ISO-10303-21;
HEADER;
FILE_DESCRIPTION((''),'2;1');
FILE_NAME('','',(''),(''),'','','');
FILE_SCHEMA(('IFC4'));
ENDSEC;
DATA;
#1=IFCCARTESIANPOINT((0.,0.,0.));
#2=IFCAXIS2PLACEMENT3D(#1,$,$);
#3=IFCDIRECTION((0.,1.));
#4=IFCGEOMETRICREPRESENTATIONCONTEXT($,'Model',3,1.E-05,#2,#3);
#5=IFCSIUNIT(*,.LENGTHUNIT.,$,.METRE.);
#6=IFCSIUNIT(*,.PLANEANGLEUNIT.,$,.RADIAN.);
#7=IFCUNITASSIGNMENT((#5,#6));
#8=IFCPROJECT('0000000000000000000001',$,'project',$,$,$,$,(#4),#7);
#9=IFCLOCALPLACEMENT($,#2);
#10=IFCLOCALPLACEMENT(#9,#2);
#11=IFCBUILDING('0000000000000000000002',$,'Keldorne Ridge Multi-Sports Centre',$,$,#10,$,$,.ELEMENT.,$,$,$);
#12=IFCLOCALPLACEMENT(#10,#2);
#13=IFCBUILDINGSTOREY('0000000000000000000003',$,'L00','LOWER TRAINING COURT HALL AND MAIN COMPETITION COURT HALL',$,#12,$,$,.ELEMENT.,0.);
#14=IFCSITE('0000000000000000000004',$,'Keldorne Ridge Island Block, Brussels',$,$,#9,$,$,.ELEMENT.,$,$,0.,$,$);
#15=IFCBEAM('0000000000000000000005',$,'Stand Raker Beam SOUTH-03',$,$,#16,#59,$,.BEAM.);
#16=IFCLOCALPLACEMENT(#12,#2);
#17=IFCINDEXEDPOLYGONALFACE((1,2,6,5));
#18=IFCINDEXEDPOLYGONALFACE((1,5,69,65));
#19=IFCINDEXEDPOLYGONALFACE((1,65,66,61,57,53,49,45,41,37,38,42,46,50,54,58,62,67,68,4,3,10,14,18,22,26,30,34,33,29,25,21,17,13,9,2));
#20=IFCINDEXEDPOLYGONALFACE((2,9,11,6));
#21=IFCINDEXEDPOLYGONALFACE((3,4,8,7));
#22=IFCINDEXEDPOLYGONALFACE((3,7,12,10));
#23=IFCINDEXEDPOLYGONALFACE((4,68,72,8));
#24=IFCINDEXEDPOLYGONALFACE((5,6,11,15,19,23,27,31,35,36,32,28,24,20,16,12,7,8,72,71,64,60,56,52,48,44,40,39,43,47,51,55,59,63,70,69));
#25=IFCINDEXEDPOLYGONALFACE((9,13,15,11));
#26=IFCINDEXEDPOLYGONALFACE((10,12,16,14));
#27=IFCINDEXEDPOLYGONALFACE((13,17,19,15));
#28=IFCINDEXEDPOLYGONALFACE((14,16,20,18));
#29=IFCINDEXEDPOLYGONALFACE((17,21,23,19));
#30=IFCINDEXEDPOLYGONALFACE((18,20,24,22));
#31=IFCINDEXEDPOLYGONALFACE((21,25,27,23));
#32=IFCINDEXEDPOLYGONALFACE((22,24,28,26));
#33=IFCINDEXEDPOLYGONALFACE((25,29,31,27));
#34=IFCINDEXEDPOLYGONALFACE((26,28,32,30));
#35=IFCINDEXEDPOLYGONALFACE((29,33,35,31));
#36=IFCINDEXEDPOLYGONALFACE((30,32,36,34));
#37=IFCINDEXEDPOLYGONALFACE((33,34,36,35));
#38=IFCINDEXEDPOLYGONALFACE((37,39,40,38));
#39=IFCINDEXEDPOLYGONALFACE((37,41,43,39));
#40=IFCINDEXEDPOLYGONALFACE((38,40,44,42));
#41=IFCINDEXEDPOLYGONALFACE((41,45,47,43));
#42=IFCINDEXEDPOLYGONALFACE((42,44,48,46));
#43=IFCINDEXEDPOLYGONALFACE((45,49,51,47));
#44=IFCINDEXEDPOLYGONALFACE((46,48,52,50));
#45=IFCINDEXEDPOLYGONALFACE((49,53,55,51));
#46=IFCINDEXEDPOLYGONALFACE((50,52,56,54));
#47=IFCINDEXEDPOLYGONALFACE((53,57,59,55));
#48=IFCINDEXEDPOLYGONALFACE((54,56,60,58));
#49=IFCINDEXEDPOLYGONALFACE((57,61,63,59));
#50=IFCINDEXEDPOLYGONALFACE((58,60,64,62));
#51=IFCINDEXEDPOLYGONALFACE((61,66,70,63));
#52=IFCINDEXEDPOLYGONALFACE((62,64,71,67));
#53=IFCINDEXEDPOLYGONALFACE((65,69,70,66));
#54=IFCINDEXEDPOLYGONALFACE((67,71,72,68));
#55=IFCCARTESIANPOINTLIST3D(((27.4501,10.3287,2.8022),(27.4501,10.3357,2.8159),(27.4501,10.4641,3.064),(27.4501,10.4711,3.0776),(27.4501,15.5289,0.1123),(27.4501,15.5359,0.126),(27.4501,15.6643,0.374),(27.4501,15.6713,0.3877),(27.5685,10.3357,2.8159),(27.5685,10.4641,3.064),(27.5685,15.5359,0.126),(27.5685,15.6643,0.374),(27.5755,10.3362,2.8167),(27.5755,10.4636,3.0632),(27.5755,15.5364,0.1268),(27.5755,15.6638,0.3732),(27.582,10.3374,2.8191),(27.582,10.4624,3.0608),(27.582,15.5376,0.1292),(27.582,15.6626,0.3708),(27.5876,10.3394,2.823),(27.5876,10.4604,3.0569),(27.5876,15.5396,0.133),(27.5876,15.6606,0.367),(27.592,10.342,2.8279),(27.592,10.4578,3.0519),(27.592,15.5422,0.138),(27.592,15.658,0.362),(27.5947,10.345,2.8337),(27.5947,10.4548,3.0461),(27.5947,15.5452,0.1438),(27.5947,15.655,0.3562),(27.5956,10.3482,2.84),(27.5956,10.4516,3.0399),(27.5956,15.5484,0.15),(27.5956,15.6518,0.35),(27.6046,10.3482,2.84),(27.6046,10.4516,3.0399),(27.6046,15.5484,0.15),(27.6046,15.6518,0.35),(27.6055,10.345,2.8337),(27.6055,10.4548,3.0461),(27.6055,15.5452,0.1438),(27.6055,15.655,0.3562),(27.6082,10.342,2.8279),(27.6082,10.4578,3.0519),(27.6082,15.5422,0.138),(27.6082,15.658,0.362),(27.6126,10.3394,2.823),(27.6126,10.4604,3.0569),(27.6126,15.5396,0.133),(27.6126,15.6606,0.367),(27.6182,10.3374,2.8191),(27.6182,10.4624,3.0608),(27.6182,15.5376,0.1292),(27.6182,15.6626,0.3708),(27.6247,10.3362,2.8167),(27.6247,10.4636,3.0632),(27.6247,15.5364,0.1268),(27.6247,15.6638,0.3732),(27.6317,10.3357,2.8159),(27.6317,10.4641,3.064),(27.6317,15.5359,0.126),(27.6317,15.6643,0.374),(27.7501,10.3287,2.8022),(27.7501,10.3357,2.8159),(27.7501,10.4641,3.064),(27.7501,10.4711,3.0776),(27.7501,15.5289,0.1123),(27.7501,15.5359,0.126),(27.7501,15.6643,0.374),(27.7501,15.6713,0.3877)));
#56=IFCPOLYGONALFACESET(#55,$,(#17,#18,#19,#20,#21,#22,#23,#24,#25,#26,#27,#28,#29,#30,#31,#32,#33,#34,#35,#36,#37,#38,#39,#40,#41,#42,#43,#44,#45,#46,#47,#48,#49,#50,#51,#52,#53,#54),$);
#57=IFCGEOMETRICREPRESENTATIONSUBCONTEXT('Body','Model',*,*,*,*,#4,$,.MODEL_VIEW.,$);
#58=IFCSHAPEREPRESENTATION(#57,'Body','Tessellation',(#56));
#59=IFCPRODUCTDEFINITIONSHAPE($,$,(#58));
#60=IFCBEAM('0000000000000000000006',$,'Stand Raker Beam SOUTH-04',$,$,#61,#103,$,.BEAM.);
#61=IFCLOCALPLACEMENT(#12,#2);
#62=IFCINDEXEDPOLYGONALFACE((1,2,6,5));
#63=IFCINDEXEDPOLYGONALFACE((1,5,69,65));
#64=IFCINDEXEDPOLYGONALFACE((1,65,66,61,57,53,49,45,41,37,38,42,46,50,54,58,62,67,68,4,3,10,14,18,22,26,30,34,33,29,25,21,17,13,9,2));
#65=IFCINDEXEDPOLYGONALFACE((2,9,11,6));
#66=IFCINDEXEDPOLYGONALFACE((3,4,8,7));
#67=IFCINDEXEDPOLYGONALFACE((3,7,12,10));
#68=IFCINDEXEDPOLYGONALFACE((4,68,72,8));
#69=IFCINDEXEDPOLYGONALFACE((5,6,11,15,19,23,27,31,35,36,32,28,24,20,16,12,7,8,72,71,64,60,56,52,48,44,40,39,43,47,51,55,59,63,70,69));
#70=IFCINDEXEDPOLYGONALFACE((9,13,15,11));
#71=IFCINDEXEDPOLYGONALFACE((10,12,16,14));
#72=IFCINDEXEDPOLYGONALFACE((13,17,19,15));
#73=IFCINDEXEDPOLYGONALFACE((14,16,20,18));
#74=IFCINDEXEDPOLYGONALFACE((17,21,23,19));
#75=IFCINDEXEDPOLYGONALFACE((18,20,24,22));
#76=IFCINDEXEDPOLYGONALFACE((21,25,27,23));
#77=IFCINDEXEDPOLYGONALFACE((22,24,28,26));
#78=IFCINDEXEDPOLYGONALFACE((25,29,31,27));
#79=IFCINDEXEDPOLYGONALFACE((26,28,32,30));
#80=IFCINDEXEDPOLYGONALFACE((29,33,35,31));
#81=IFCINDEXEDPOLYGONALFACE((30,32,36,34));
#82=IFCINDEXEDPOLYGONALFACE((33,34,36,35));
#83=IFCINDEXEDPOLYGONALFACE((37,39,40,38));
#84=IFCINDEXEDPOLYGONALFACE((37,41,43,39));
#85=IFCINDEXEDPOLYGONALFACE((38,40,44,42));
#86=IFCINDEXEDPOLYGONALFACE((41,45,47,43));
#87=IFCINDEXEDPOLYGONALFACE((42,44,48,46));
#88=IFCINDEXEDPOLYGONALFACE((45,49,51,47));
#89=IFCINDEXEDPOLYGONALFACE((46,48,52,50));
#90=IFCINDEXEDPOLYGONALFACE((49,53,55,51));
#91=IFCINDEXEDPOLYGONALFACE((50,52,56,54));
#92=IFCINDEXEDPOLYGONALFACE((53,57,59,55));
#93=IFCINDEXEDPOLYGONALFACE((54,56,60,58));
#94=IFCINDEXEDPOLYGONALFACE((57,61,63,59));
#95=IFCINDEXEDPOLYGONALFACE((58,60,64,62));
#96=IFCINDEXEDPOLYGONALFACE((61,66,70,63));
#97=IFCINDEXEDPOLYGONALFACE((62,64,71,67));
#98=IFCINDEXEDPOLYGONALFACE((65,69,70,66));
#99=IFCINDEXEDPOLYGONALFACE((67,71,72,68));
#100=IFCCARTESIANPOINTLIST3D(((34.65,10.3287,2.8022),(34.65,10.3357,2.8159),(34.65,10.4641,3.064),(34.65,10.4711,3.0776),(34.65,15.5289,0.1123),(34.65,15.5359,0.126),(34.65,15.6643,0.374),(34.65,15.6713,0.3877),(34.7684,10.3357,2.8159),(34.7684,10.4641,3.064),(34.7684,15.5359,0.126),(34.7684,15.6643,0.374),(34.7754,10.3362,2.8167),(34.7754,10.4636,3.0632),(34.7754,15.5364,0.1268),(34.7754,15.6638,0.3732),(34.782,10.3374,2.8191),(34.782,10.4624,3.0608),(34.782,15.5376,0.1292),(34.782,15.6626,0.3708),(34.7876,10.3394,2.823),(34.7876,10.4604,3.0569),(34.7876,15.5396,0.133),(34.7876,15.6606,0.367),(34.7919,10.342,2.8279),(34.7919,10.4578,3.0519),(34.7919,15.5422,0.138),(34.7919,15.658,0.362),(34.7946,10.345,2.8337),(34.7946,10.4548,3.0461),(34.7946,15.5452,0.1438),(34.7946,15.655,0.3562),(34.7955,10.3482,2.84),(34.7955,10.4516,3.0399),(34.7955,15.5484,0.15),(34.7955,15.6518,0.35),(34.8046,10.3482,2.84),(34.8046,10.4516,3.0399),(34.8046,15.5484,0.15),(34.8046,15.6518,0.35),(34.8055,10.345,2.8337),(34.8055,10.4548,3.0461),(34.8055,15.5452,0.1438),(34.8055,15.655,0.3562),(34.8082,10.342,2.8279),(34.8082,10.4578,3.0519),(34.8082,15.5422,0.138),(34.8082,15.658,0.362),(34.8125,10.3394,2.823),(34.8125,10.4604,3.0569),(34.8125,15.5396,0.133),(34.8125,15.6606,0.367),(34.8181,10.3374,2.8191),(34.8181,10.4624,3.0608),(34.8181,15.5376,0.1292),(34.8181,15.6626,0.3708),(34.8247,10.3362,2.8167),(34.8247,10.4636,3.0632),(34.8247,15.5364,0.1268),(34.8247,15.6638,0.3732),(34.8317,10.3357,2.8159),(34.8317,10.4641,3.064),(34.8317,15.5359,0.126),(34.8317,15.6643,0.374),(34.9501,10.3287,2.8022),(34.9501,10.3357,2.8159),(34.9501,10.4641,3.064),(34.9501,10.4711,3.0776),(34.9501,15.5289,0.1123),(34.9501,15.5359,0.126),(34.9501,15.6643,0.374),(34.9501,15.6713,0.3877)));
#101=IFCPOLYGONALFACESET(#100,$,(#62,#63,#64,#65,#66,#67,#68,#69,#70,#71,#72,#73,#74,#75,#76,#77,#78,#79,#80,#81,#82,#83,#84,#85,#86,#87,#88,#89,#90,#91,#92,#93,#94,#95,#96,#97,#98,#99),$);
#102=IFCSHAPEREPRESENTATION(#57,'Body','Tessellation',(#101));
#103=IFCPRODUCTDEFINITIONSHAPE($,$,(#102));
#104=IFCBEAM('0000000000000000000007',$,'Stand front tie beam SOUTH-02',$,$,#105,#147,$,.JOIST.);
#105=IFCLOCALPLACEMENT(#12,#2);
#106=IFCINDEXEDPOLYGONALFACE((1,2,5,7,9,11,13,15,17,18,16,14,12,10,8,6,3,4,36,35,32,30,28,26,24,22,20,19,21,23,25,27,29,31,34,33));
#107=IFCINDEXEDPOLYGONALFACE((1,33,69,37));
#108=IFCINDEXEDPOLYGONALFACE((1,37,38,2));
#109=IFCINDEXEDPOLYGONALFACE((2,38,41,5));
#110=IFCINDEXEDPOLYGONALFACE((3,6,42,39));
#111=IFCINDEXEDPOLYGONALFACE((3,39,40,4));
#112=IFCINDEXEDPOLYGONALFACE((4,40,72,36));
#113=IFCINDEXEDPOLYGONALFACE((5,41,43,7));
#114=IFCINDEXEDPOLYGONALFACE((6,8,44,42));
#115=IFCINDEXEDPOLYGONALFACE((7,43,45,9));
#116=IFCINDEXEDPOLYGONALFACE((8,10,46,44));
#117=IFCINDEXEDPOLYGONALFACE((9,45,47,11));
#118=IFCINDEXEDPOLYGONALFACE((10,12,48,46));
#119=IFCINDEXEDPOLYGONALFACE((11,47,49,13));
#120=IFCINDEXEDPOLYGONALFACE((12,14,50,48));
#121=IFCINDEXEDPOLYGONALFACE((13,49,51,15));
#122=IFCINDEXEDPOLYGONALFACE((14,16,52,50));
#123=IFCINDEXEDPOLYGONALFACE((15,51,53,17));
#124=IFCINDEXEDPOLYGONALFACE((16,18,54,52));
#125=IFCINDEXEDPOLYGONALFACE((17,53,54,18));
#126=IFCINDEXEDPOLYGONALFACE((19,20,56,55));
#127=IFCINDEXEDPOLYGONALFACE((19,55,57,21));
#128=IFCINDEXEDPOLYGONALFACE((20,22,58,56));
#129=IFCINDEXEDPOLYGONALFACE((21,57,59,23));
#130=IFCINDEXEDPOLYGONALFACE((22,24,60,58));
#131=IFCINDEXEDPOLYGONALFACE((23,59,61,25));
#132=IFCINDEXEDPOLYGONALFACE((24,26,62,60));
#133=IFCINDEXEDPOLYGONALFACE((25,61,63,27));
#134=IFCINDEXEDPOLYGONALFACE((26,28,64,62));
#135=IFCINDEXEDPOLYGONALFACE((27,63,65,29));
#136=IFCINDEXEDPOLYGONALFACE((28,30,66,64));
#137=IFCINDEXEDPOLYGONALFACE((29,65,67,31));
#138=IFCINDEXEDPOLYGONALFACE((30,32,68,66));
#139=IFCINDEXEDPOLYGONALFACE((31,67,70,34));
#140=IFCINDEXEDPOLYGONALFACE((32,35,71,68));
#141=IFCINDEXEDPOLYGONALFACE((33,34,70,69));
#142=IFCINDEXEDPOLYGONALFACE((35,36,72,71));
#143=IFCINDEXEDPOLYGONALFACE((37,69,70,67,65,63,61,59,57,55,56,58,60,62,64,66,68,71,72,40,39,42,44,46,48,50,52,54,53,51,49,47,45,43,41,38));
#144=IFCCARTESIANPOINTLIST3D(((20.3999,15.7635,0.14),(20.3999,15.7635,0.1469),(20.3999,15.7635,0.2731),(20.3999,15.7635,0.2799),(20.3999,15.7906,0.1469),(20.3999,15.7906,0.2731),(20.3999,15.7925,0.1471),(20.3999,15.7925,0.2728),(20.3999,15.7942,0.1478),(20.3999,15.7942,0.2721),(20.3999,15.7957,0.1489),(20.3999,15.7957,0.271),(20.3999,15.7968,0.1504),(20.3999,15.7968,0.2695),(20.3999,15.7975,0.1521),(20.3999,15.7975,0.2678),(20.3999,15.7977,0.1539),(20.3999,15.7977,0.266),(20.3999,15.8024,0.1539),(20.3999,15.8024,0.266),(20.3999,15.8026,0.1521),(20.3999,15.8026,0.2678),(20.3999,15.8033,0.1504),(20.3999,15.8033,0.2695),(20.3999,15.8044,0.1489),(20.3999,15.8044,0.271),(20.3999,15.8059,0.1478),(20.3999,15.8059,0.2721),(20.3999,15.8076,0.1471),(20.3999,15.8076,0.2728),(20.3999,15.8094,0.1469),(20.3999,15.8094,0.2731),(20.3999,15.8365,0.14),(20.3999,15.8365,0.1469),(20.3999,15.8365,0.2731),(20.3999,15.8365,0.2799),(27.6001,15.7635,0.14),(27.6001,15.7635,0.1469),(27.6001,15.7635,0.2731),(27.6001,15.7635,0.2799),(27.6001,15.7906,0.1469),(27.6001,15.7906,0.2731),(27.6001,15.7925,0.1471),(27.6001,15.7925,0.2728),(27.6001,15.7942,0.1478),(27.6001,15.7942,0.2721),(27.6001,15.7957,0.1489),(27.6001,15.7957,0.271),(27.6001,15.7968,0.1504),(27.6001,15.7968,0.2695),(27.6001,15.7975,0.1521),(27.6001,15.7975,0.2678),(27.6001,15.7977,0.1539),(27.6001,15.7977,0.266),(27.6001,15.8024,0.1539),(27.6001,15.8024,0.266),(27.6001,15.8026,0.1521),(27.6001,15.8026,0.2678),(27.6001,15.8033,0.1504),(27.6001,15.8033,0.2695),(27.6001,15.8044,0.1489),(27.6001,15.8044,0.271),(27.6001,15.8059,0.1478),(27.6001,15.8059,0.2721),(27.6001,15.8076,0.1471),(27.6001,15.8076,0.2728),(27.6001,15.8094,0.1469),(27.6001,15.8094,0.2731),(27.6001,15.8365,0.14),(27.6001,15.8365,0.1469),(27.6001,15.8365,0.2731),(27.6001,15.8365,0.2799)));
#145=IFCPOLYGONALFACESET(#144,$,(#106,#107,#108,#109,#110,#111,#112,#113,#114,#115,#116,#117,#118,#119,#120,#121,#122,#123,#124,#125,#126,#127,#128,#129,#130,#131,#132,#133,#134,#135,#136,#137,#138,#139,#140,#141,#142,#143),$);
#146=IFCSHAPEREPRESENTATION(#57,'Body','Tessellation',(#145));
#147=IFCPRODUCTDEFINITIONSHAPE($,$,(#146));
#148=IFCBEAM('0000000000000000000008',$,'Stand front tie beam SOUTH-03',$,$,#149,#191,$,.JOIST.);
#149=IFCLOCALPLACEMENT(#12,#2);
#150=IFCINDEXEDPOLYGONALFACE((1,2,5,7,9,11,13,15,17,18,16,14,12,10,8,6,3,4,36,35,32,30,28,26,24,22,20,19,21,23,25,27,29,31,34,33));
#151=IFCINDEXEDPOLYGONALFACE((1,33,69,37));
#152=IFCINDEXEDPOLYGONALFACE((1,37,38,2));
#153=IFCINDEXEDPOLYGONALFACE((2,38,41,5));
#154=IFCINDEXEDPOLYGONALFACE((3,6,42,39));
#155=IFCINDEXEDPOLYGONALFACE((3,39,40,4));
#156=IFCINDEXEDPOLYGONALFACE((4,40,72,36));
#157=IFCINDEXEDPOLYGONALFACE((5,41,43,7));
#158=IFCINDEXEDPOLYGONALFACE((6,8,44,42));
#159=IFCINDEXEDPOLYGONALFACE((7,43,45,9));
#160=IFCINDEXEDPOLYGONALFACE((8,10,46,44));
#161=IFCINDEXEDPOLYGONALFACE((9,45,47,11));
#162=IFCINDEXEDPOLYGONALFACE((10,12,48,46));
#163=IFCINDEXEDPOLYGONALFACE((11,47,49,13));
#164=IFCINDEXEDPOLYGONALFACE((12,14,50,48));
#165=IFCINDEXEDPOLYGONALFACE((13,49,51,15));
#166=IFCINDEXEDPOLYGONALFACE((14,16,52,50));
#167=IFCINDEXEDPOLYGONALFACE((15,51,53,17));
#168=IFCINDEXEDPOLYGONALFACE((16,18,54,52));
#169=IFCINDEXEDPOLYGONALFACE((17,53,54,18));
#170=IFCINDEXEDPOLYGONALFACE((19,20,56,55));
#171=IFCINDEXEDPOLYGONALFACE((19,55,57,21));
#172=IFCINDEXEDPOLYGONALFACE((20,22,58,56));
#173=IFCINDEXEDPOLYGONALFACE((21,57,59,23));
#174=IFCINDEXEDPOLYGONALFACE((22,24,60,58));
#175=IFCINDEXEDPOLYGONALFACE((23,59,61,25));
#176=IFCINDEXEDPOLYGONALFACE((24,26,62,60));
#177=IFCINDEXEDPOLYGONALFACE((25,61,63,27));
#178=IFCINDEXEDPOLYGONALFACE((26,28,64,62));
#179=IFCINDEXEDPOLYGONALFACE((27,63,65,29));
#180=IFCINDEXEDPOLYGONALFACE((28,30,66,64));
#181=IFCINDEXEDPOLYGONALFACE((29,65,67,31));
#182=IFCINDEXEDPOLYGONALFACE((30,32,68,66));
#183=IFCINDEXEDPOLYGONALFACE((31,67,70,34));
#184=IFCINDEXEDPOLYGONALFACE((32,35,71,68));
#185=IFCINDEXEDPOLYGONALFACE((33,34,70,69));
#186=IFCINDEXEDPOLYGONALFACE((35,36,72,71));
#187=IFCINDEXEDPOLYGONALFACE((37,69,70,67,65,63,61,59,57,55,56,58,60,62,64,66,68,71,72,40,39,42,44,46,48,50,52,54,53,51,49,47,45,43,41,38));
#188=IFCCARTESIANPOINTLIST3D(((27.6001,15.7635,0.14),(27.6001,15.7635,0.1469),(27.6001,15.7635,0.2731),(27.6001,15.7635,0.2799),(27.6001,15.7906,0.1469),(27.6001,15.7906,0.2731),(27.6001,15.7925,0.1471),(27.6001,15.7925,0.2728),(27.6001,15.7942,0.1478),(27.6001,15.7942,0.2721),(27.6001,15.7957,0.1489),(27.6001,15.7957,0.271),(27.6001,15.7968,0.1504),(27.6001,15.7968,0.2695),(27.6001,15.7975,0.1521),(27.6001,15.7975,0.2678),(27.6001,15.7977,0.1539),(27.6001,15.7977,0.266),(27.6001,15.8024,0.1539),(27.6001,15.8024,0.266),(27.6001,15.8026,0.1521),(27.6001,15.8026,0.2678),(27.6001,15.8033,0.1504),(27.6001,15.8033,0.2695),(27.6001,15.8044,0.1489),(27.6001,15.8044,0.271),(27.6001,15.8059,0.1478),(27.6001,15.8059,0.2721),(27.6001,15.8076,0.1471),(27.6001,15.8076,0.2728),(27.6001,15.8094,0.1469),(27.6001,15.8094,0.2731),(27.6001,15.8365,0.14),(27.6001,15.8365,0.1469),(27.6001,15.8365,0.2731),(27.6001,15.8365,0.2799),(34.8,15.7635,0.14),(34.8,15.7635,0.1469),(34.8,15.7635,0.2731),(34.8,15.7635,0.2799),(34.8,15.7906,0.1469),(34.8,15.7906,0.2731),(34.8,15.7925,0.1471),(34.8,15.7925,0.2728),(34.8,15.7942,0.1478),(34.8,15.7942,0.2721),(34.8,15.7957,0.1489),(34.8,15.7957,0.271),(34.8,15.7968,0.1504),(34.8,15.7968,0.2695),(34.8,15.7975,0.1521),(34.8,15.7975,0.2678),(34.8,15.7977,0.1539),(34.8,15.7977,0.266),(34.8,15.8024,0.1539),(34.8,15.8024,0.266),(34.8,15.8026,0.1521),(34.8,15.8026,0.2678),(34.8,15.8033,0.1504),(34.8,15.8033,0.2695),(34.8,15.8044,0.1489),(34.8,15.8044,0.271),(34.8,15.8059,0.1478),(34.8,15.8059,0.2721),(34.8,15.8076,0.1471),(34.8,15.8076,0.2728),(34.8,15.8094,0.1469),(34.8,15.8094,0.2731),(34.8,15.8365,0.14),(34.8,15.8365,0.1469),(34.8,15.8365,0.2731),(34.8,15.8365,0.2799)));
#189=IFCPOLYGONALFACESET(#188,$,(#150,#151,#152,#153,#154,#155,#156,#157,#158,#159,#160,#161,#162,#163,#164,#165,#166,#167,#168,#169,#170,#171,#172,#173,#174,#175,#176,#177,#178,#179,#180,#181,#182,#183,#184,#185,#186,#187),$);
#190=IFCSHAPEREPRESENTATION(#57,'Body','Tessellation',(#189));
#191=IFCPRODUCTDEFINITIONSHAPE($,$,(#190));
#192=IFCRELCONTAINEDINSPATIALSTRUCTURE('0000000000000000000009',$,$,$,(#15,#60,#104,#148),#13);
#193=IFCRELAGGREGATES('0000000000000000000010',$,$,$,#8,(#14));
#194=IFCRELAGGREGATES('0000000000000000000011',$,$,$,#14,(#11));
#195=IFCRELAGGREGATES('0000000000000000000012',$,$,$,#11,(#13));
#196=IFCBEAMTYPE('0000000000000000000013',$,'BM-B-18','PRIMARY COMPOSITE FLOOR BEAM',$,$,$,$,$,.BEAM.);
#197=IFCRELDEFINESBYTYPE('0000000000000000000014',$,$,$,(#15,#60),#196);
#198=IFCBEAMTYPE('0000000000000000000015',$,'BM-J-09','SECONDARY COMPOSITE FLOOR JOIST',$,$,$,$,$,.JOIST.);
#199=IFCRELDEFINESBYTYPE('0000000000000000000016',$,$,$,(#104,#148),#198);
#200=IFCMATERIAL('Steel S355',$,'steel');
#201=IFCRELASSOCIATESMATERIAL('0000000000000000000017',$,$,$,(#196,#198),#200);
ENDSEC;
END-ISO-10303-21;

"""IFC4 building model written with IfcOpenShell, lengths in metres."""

from ifc_helpers import new_model, si_unit, direction, frame, origin, origin_2d, place, context, subcontext, project, spatial, i_section, extrude, material, material_profile, profile_set, type_object, element, save


model = new_model("IFC4")

# Units and contexts
model_context = context("Model", 3, precision=1e-05, world=origin(), true_north=direction((0.0, 1.0)))
body_context = subcontext(model_context, "Body", "Model", "MODEL_VIEW")
ifc_project = project(units=[si_unit("LENGTHUNIT", "METRE"), si_unit("PLANEANGLEUNIT", "RADIAN")], contexts=[model_context])

# Site, building, storey
site_placement = place(None, origin())
site = spatial("IfcSite", under=ifc_project, at=site_placement, Name="Keldorne Ridge Island Block, Brussels", CompositionType="ELEMENT", RefElevation=0.0)
building_placement = place(site_placement, origin())
building = spatial("IfcBuilding", under=site, at=building_placement, Name="Keldorne Ridge Multi-Sports Centre", CompositionType="ELEMENT")
storey_placement = place(building_placement, origin())
storey = spatial("IfcBuildingStorey", under=building, at=storey_placement, Name="L00", Description="LOWER TRAINING COURT HALL AND MAIN COMPETITION COURT HALL", CompositionType="ELEMENT", Elevation=0.0)

# Shared definitions
ifc_material_1 = material(Name="Steel S355", Category="steel")

# Beams
ifc_material_profile_1 = material_profile(ifc_material_1, i_section(OverallWidth=0.3, OverallDepth=0.3101, WebThickness=0.009, FlangeThickness=0.0154, FilletRadius=0.0271, at=origin_2d()), Name="HEA 320")
ifc_profile_set_1 = profile_set([ifc_material_profile_1], Name="Steel S355")
beam_type_1 = type_object("IfcBeamType", Name="BM-B-18", Description="PRIMARY COMPOSITE FLOOR BEAM", PredefinedType="BEAM", material=ifc_profile_set_1)
for number, where, z_axis, x_axis, name in (
    (1, (27.6001, 15.6001, 0.25), (0.0, -0.888205, 0.459448), (1.0, 0.0, 0.0), "Stand Raker Beam SOUTH-03"),
    (2, (34.8, 15.6001, 0.25), (0.0, -0.888205, 0.459448), (1.0, 0.0, 0.0), "Stand Raker Beam SOUTH-04"),
):
    element("IfcBeam", number, at=place(storey_placement, frame(where, z_axis=z_axis, x_axis=x_axis)), inside=storey, type_object=beam_type_1, Name=name, PredefinedType="BEAM", context=body_context, shape_type="SweptSolid", body=[
        extrude(i_section(OverallWidth=0.3, OverallDepth=0.3101, WebThickness=0.009, FlangeThickness=0.0154, FilletRadius=0.0271, at=origin_2d()), origin(), (0.0, 0.0, 1.0), 5.8547),
    ])
ifc_material_profile_2 = material_profile(ifc_material_1, i_section(OverallWidth=0.073, OverallDepth=0.1399, WebThickness=0.0046, FlangeThickness=0.0068, FilletRadius=0.0071, at=origin_2d()), Name="IPE 140")
ifc_profile_set_2 = profile_set([ifc_material_profile_2], Name="Steel S355")
beam_type_2 = type_object("IfcBeamType", Name="BM-J-09", Description="SECONDARY COMPOSITE FLOOR JOIST", PredefinedType="JOIST", material=ifc_profile_set_2)
beam_1_placement = place(storey_placement, frame((20.3999, 15.8, 0.21), z_axis=(1.0, 0.0, 0.0), x_axis=(0.0, 1.0, 0.0)))
element("IfcBeam", 3, at=beam_1_placement, inside=storey, type_object=beam_type_2, Name="Stand front tie beam SOUTH-02", PredefinedType="JOIST", context=body_context, shape_type="SweptSolid", body=[
    extrude(i_section(OverallWidth=0.073, OverallDepth=0.1399, WebThickness=0.0046, FlangeThickness=0.0068, FilletRadius=0.0071, at=origin_2d()), origin(), (0.0, 0.0, 1.0), 7.2002),
])
beam_2_placement = place(storey_placement, frame((27.6001, 15.8, 0.21), z_axis=(1.0, 0.0, 0.0), x_axis=(0.0, 1.0, 0.0)))
element("IfcBeam", 4, at=beam_2_placement, inside=storey, type_object=beam_type_2, Name="Stand front tie beam SOUTH-03", PredefinedType="JOIST", context=body_context, shape_type="SweptSolid", body=[
    extrude(i_section(OverallWidth=0.073, OverallDepth=0.1399, WebThickness=0.0046, FlangeThickness=0.0068, FilletRadius=0.0071, at=origin_2d()), origin(), (0.0, 0.0, 1.0), 7.2),
])

save(model, "model.ifc")
